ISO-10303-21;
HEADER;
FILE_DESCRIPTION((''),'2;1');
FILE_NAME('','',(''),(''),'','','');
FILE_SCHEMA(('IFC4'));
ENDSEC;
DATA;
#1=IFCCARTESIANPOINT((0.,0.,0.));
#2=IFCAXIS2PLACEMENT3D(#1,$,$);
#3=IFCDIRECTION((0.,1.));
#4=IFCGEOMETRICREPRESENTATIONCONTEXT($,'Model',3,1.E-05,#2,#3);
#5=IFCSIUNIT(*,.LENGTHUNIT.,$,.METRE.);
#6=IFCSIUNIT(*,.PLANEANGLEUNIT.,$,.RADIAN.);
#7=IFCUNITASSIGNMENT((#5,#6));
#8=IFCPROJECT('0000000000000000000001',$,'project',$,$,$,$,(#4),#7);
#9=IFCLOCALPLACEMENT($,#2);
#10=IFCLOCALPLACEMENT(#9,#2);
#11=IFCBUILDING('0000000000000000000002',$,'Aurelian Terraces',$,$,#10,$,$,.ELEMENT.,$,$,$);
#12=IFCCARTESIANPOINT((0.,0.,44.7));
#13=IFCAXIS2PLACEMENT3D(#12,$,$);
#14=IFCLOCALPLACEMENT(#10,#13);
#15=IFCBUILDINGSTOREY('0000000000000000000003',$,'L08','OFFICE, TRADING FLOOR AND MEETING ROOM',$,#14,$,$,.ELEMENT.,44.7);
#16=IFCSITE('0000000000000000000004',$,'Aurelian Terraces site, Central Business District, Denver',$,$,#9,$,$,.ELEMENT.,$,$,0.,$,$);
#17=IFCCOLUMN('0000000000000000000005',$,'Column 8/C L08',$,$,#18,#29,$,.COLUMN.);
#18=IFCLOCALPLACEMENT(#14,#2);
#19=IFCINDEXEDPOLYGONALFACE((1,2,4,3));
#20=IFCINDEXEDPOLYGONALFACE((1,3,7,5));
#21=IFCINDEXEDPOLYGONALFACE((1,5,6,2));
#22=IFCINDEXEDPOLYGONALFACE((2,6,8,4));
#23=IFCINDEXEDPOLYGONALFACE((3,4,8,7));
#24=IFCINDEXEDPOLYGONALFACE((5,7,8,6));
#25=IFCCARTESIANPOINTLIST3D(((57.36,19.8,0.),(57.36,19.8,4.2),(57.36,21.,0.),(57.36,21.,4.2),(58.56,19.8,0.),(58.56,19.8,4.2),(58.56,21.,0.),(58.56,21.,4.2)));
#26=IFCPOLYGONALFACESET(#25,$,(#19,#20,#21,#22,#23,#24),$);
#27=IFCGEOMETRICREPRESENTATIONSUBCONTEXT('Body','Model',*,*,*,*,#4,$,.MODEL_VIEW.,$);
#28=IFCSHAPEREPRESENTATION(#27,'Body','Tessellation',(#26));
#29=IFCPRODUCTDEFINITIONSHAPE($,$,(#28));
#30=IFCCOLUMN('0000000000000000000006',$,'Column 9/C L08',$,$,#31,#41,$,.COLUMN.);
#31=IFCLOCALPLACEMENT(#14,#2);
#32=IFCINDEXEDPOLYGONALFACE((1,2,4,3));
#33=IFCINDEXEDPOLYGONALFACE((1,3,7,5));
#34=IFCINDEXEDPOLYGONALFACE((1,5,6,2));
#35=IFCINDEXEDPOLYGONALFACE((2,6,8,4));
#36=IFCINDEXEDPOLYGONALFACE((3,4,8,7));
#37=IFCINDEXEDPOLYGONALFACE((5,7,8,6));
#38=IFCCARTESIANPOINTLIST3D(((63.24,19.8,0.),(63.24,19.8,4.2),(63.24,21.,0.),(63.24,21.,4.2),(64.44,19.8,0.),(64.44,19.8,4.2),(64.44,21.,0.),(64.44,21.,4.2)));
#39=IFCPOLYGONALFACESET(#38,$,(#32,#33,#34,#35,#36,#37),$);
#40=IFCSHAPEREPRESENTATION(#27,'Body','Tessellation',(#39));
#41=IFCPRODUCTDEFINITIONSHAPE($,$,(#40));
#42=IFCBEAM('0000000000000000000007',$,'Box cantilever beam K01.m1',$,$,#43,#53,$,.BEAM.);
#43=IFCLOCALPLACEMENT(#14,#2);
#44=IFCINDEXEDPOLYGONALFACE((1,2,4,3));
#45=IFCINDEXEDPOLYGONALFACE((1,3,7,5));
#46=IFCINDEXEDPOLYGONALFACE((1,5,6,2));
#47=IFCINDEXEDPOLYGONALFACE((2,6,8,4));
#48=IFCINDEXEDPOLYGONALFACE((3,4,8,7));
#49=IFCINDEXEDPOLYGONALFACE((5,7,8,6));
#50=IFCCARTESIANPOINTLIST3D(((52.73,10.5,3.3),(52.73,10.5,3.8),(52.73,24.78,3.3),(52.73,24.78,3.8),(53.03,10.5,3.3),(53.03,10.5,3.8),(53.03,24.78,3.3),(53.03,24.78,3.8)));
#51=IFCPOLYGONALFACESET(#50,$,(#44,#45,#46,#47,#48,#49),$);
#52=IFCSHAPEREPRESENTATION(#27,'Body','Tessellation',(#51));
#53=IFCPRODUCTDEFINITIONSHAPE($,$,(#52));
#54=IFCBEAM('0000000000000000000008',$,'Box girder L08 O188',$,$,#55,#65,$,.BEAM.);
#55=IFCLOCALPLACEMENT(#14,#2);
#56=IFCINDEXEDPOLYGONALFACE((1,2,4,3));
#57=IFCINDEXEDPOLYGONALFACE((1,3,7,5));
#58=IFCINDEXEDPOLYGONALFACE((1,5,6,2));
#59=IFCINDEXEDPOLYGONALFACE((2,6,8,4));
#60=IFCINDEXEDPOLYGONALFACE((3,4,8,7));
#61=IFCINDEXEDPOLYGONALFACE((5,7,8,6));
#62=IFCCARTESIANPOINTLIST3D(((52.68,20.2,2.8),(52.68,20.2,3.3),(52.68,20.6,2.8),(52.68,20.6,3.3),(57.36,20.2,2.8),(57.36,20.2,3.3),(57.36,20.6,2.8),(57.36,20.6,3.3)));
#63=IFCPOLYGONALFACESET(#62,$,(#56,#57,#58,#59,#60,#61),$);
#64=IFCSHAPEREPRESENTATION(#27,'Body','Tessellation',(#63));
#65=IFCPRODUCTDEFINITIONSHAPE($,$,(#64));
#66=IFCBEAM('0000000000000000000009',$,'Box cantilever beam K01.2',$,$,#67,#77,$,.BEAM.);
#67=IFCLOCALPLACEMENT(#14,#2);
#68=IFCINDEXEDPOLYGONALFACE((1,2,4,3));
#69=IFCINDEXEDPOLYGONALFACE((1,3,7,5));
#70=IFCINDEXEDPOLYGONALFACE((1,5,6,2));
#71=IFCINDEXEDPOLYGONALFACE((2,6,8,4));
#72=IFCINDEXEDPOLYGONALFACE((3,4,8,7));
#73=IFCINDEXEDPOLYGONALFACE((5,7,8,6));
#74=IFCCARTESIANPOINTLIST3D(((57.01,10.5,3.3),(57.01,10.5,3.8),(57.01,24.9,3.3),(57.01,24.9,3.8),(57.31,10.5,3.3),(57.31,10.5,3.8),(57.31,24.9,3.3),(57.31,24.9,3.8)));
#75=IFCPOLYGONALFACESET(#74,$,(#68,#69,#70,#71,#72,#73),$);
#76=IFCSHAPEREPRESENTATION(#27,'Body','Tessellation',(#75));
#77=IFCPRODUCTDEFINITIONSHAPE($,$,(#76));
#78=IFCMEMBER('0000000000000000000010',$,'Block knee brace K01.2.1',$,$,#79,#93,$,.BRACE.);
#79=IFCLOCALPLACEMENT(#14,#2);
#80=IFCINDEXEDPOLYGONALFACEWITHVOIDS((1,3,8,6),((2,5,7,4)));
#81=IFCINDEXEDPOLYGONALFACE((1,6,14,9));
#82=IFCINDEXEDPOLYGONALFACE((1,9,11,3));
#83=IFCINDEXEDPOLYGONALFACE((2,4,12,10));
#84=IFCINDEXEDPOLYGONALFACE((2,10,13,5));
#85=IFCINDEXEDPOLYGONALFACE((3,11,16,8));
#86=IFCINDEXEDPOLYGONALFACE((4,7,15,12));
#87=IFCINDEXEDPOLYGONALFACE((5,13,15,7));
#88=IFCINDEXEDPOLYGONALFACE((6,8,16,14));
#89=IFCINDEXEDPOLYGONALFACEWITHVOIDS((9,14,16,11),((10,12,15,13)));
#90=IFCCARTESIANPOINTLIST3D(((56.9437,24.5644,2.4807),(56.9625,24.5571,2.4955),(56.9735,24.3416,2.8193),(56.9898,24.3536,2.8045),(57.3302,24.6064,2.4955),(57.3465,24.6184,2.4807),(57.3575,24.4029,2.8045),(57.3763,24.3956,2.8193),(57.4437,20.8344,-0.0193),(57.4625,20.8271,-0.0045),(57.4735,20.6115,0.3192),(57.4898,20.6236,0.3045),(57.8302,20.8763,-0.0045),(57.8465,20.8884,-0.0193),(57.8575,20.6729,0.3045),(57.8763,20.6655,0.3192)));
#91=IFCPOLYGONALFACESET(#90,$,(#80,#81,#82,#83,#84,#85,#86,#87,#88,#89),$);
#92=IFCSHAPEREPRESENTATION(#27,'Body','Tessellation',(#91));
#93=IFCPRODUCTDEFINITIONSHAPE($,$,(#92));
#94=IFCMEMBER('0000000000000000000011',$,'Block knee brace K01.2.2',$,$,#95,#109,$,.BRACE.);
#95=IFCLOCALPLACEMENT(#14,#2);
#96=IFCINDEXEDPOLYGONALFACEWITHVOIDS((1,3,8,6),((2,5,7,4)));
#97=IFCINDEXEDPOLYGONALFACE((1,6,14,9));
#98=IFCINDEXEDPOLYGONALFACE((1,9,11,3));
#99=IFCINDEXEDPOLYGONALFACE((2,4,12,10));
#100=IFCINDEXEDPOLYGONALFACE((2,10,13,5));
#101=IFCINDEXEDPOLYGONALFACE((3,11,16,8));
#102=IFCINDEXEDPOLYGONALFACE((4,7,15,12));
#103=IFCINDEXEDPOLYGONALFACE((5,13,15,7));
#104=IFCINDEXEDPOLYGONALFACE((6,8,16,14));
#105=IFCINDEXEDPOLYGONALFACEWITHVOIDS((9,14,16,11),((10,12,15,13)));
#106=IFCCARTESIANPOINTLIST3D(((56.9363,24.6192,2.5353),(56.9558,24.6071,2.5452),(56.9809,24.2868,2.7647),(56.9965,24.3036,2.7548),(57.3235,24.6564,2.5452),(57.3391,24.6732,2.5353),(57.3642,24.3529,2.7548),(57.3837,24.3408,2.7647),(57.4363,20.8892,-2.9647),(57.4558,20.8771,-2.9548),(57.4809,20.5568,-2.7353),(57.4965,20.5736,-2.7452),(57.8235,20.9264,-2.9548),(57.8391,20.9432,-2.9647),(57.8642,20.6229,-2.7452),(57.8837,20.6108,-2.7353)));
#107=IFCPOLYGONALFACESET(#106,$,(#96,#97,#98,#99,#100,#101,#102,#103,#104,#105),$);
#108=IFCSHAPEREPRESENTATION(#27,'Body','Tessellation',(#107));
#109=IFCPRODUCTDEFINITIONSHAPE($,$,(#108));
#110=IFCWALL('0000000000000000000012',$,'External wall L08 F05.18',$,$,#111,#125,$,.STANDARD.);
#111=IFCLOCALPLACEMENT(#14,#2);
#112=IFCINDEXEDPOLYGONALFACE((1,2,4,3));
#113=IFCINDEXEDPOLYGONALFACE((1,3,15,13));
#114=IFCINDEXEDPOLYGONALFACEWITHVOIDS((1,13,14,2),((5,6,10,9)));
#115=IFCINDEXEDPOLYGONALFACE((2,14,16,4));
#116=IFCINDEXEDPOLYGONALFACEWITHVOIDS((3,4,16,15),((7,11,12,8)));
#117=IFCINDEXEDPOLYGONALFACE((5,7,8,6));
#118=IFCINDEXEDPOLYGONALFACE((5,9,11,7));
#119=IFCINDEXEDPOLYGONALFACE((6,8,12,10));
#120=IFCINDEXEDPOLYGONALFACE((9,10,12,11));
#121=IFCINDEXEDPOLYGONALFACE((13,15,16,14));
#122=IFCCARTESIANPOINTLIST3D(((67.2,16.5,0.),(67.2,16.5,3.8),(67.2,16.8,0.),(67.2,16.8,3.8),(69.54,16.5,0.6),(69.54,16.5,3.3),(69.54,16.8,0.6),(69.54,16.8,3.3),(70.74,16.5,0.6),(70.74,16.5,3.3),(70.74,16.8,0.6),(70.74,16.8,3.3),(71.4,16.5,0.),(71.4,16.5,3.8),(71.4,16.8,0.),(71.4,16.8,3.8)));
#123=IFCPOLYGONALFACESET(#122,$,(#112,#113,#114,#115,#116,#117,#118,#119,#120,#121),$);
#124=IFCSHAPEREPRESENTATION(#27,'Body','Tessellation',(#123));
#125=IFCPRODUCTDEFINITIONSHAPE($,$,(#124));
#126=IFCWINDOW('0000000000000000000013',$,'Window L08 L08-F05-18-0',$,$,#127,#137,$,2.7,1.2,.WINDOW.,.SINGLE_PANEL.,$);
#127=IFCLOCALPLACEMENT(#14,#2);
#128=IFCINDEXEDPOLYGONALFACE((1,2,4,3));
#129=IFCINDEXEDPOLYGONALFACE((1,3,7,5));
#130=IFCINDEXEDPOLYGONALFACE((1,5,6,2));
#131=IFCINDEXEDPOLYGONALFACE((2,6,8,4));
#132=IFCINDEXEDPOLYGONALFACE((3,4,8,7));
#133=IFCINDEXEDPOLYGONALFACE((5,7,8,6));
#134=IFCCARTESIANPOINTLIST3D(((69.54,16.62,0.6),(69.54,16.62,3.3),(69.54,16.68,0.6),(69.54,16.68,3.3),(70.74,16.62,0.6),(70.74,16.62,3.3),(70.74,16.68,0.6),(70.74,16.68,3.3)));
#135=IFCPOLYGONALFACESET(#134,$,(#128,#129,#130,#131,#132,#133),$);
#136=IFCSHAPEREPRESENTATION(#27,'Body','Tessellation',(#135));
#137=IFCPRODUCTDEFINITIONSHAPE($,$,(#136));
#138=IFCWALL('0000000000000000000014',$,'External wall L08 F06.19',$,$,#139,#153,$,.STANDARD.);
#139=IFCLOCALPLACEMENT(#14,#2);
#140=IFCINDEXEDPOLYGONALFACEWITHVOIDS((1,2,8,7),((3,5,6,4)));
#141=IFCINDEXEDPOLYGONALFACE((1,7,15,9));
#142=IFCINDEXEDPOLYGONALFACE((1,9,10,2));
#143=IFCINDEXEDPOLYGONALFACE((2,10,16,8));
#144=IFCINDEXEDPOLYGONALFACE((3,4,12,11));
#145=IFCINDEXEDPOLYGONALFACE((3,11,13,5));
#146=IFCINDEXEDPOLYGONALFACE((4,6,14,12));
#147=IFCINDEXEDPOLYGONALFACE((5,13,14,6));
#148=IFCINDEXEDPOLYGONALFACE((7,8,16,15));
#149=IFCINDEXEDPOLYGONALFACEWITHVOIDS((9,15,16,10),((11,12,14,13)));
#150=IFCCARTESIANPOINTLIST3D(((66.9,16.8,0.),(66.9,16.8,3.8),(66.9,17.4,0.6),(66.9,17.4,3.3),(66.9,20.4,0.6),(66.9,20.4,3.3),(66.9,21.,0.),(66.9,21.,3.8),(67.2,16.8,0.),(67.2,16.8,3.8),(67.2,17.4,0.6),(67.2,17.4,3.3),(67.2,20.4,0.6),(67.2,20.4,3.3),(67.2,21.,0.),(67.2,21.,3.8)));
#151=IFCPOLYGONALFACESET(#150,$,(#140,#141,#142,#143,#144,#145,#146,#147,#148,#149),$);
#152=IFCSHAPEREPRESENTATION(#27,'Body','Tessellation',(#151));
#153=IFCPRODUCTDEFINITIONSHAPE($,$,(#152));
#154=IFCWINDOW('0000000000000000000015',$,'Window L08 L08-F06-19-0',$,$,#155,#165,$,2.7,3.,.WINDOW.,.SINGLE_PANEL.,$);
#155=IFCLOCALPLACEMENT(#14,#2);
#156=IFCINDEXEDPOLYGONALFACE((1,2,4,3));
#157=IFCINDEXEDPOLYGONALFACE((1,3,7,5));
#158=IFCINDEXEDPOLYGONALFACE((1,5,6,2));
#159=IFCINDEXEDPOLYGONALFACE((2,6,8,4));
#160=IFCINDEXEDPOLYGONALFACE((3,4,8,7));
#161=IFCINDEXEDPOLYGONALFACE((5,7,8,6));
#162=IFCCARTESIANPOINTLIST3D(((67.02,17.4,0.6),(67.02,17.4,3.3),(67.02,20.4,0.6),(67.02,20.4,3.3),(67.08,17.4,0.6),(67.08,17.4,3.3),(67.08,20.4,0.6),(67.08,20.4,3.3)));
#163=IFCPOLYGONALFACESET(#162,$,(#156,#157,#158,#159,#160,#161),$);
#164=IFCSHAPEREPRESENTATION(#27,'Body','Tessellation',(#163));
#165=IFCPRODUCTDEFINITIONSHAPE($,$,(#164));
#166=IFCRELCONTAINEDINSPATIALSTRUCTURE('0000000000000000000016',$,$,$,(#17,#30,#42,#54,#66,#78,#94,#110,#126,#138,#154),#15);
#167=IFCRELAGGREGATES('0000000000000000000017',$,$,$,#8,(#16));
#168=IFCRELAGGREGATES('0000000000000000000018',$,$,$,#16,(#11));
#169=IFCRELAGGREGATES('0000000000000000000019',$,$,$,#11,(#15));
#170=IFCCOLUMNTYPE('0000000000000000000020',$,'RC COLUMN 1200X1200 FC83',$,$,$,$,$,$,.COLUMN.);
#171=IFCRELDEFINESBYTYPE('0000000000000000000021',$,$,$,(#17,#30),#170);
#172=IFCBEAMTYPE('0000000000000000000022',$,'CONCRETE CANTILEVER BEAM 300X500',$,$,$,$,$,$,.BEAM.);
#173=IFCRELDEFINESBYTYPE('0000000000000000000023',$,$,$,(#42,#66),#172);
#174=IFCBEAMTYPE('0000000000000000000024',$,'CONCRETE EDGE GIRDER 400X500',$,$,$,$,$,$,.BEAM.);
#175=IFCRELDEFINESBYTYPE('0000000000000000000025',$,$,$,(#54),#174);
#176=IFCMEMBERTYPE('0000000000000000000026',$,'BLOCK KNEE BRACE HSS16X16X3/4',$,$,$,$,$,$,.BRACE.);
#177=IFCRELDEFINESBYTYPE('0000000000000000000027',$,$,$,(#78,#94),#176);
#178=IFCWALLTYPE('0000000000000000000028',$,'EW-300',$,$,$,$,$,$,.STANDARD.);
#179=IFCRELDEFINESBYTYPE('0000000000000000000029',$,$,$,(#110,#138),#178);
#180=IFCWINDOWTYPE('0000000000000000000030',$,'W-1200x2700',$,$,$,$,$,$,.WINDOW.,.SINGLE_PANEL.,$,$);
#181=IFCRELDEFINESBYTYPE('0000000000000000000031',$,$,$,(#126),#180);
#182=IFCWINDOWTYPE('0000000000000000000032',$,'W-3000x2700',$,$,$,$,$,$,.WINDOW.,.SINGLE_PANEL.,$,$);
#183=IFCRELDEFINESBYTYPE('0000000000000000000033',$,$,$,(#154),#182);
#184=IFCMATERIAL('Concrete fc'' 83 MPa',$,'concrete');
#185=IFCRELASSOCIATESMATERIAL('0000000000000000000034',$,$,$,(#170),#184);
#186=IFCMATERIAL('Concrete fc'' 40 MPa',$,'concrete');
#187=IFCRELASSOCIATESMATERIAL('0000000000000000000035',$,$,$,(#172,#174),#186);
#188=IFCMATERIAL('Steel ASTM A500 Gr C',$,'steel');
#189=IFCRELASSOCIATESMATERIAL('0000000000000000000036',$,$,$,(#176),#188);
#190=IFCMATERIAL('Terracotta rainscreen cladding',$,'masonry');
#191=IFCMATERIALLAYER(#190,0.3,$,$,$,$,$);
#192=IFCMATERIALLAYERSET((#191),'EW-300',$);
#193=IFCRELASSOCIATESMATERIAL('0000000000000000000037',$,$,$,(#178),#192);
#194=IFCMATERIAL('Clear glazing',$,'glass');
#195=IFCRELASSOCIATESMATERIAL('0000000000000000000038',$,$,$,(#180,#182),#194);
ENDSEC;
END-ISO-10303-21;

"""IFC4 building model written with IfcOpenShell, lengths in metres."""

from ifc_helpers import new_model, si_unit, direction, frame, frame_2d, origin, origin_2d, place, context, subcontext, project, spatial, rectangle, hollow_rectangle, extrude, source, transform, mapped, material, layer, layer_set, material_profile, profile_set, type_object, element, fill, save


model = new_model("IFC4")

# Units and contexts
model_context = context("Model", 3, precision=1e-05, world=origin(), true_north=direction((0.0, 1.0)))
body_context = subcontext(model_context, "Body", "Model", "MODEL_VIEW")
ifc_project = project(units=[si_unit("LENGTHUNIT", "METRE"), si_unit("PLANEANGLEUNIT", "RADIAN")], contexts=[model_context])

# Site, building, storey
site_placement = place(None, origin())
site = spatial("IfcSite", under=ifc_project, at=site_placement, Name="Aurelian Terraces site, Central Business District, Denver", CompositionType="ELEMENT", RefElevation=0.0)
building_placement = place(site_placement, origin())
building = spatial("IfcBuilding", under=site, at=building_placement, Name="Aurelian Terraces", CompositionType="ELEMENT")
storey_placement = place(building_placement, frame((0.0, 0.0, 44.7)))
storey = spatial("IfcBuildingStorey", under=building, at=storey_placement, Name="L08", Description="OFFICE, TRADING FLOOR AND MEETING ROOM", CompositionType="ELEMENT", Elevation=44.7)

# Columns
ifc_material_1 = material(Name="Concrete fc' 83 MPa", Category="concrete")
ifc_material_profile_1 = material_profile(ifc_material_1, rectangle(XDim=1.2, YDim=1.2, at=origin_2d()))
ifc_profile_set_1 = profile_set([ifc_material_profile_1], Name="Concrete fc' 83 MPa")
column_type = type_object("IfcColumnType", Name="RC COLUMN 1200X1200 FC83", PredefinedType="COLUMN", material=ifc_profile_set_1)
shared_shape_1 = source(origin(), body_context, "Body", "SweptSolid", [
    extrude(rectangle(XDim=1.2, YDim=1.2, at=origin_2d()), origin(), (0.0, 0.0, 1.0), 4.2),
])
for number, where, z_axis, x_axis, name in (
    (1, (57.96, 20.4, 0.0), (0.0, 0.0, 1.0), (1.0, 0.0, 0.0), "Column 8/C L08"),
    (2, (63.84, 20.4, 0.0), (0.0, 0.0, 1.0), (1.0, 0.0, 0.0), "Column 9/C L08"),
):
    element("IfcColumn", number, at=place(storey_placement, frame(where, z_axis=z_axis, x_axis=x_axis)), inside=storey, type_object=column_type, Name=name, PredefinedType="COLUMN", context=body_context, shape_type="MappedRepresentation", body=[
        mapped(shared_shape_1, transform((0.0, 0.0, 0.0), scale=1.0)),
    ])

# Beams
ifc_material_2 = material(Name="Concrete fc' 40 MPa", Category="concrete")
ifc_material_profile_2 = material_profile(ifc_material_2, rectangle(XDim=0.3, YDim=0.5, at=origin_2d()))
ifc_profile_set_2 = profile_set([ifc_material_profile_2], Name="Concrete fc' 40 MPa")
beam_type_1 = type_object("IfcBeamType", Name="CONCRETE CANTILEVER BEAM 300X500", PredefinedType="BEAM", material=ifc_profile_set_2)
beam_1_placement = place(storey_placement, frame((52.88, 24.78, 3.55), z_axis=(0.0, -1.0, 0.0), x_axis=(1.0, 0.0, 0.0)))
element("IfcBeam", 3, at=beam_1_placement, inside=storey, type_object=beam_type_1, Name="Box cantilever beam K01.m1", PredefinedType="BEAM", context=body_context, shape_type="SweptSolid", body=[
    extrude(rectangle(XDim=0.3, YDim=0.5, at=origin_2d()), origin(), (0.0, 0.0, 1.0), 14.28),
])
ifc_material_profile_3 = material_profile(ifc_material_2, rectangle(XDim=0.4, YDim=0.5, at=origin_2d()))
ifc_profile_set_3 = profile_set([ifc_material_profile_3], Name="Concrete fc' 40 MPa")
beam_type_2 = type_object("IfcBeamType", Name="CONCRETE EDGE GIRDER 400X500", PredefinedType="BEAM", material=ifc_profile_set_3)
shared_shape_2 = source(origin(), body_context, "Body", "SweptSolid", [
    extrude(rectangle(XDim=0.4, YDim=0.5, at=origin_2d()), origin(), (0.0, 0.0, 1.0), 4.68),
])
beam_2_placement = place(storey_placement, frame((52.68, 20.4, 3.05), z_axis=(1.0, 0.0, 0.0), x_axis=(0.0, 1.0, 0.0)))
element("IfcBeam", 4, at=beam_2_placement, inside=storey, type_object=beam_type_2, Name="Box girder L08 O188", PredefinedType="BEAM", context=body_context, shape_type="MappedRepresentation", body=[
    mapped(shared_shape_2, transform((0.0, 0.0, 0.0), scale=1.0)),
])
shared_shape_3 = source(origin(), body_context, "Body", "SweptSolid", [
    extrude(rectangle(XDim=0.3, YDim=0.5, at=origin_2d()), origin(), (0.0, 0.0, 1.0), 14.4),
])
beam_3_placement = place(storey_placement, frame((57.16, 24.9, 3.55), z_axis=(0.0, -1.0, 0.0), x_axis=(1.0, 0.0, 0.0)))
element("IfcBeam", 5, at=beam_3_placement, inside=storey, type_object=beam_type_1, Name="Box cantilever beam K01.2", PredefinedType="BEAM", context=body_context, shape_type="MappedRepresentation", body=[
    mapped(shared_shape_3, transform((0.0, 0.0, 0.0), scale=1.0)),
])

# Members
ifc_material_3 = material(Name="Steel ASTM A500 Gr C", Category="steel")
ifc_material_profile_4 = material_profile(ifc_material_3, hollow_rectangle(XDim=0.4064, YDim=0.4064, WallThickness=0.0177, at=origin_2d()))
ifc_profile_set_4 = profile_set([ifc_material_profile_4], Name="Steel ASTM A500 Gr C")
member_type = type_object("IfcMemberType", Name="BLOCK KNEE BRACE HSS16X16X3/4", PredefinedType="BRACE", material=ifc_profile_set_4)
shared_shape_4 = source(origin(), body_context, "Body", "SweptSolid", [
    extrude(hollow_rectangle(XDim=0.4064, YDim=0.4064, WallThickness=0.0177, at=origin_2d()), origin(), (0.0, 0.0, 1.0), 4.5181),
])
member_1_placement = place(storey_placement, frame((57.16, 24.48, 2.65), z_axis=(0.110667, -0.825575, -0.553334), x_axis=(0.991135, 0.13286, 0.0)))
element("IfcMember", 6, at=member_1_placement, inside=storey, type_object=member_type, Name="Block knee brace K01.2.1", PredefinedType="BRACE", context=body_context, shape_type="MappedRepresentation", body=[
    mapped(shared_shape_4, transform((0.0, 0.0, 0.0), scale=1.0)),
])
shared_shape_5 = source(origin(), body_context, "Body", "SweptSolid", [
    extrude(hollow_rectangle(XDim=0.4064, YDim=0.4064, WallThickness=0.0177, at=origin_2d()), origin(), (0.0, 0.0, 1.0), 6.6643),
])
member_2_placement = place(storey_placement, frame((57.16, 24.48, 2.65), z_axis=(0.075027, -0.559699, -0.825293), x_axis=(0.991135, 0.13286, 0.0)))
element("IfcMember", 7, at=member_2_placement, inside=storey, type_object=member_type, Name="Block knee brace K01.2.2", PredefinedType="BRACE", context=body_context, shape_type="MappedRepresentation", body=[
    mapped(shared_shape_5, transform((0.0, 0.0, 0.0), scale=1.0)),
])

# Walls, openings, windows
ifc_material_4 = material(Name="Terracotta rainscreen cladding", Category="masonry")
ifc_layer_1 = layer(ifc_material_4, 0.3)
ifc_layer_set_1 = layer_set([ifc_layer_1], Name="EW-300")
wall_type_1 = type_object("IfcWallType", Name="EW-300", PredefinedType="STANDARD", material=ifc_layer_set_1)
shared_shape_6 = source(origin(), body_context, "Body", "SweptSolid", [
    extrude(rectangle(XDim=4.2, YDim=0.3, at=frame_2d((2.1, 0.0))), origin(), (0.0, 0.0, 1.0), 3.8),
])
wall_1_placement = place(storey_placement, frame((71.4, 16.65, 0.0), z_axis=(0.0, 0.0, 1.0), x_axis=(-1.0, 0.0, 0.0)))
wall_1 = element("IfcWall", 8, at=wall_1_placement, inside=storey, type_object=wall_type_1, Name="External wall L08 F05.18", PredefinedType="STANDARD", context=body_context, shape_type="MappedRepresentation", body=[
    mapped(shared_shape_6, transform((0.0, 0.0, 0.0), scale=1.0)),
])
shared_shape_7 = source(origin(), body_context, "Body", "SweptSolid", [
    extrude(rectangle(XDim=1.2, YDim=2.7, at=frame_2d((0.6, 1.35))), frame((0.0, 0.16, 0.0), z_axis=(0.0, -1.0, 0.0), x_axis=(1.0, 0.0, 0.0)), (0.0, 0.0, 1.0), 0.32),
])
opening_1_placement = place(wall_1_placement, frame((0.66, 0.0, 0.6)))
opening_1 = element("IfcOpeningElement", 9, at=opening_1_placement, cuts=wall_1, PredefinedType="OPENING", context=body_context, shape_type="MappedRepresentation", body=[
    mapped(shared_shape_7, transform((0.0, 0.0, 0.0), scale=1.0)),
])
ifc_material_5 = material(Name="Clear glazing", Category="glass")
window_type_1 = type_object("IfcWindowType", Name="W-1200x2700", PartitioningType="SINGLE_PANEL", PredefinedType="WINDOW", material=ifc_material_5)
shared_shape_8 = source(origin(), body_context, "Body", "SweptSolid", [
    extrude(rectangle(XDim=1.2, YDim=2.7, at=frame_2d((0.6, 1.35))), frame((0.0, 0.03, 0.0), z_axis=(0.0, -1.0, 0.0), x_axis=(1.0, 0.0, 0.0)), (0.0, 0.0, 1.0), 0.06),
])
window_1_placement = place(opening_1_placement, origin())
window_1 = element("IfcWindow", 10, at=window_1_placement, inside=storey, type_object=window_type_1, Name="Window L08 L08-F05-18-0", OverallHeight=2.7, OverallWidth=1.2, PartitioningType="SINGLE_PANEL", PredefinedType="WINDOW", context=body_context, shape_type="MappedRepresentation", body=[
    mapped(shared_shape_8, transform((0.0, 0.0, 0.0), scale=1.0)),
])
fill(opening_1, window_1)
wall_2_placement = place(storey_placement, frame((67.05, 16.8, 0.0), z_axis=(0.0, 0.0, 1.0), x_axis=(0.0, 1.0, 0.0)))
wall_2 = element("IfcWall", 11, at=wall_2_placement, inside=storey, type_object=wall_type_1, Name="External wall L08 F06.19", PredefinedType="STANDARD", context=body_context, shape_type="MappedRepresentation", body=[
    mapped(shared_shape_6, transform((0.0, 0.0, 0.0), scale=1.0)),
])
shared_shape_9 = source(origin(), body_context, "Body", "SweptSolid", [
    extrude(rectangle(XDim=3.0, YDim=2.7, at=frame_2d((1.5, 1.35))), frame((0.0, 0.16, 0.0), z_axis=(0.0, -1.0, 0.0), x_axis=(1.0, 0.0, 0.0)), (0.0, 0.0, 1.0), 0.32),
])
opening_2_placement = place(wall_2_placement, frame((0.6, 0.0, 0.6)))
opening_2 = element("IfcOpeningElement", 12, at=opening_2_placement, cuts=wall_2, PredefinedType="OPENING", context=body_context, shape_type="MappedRepresentation", body=[
    mapped(shared_shape_9, transform((0.0, 0.0, 0.0), scale=1.0)),
])
window_type_2 = type_object("IfcWindowType", Name="W-3000x2700", PartitioningType="SINGLE_PANEL", PredefinedType="WINDOW", material=ifc_material_5)
shared_shape_10 = source(origin(), body_context, "Body", "SweptSolid", [
    extrude(rectangle(XDim=3.0, YDim=2.7, at=frame_2d((1.5, 1.35))), frame((0.0, 0.03, 0.0), z_axis=(0.0, -1.0, 0.0), x_axis=(1.0, 0.0, 0.0)), (0.0, 0.0, 1.0), 0.06),
])
window_2_placement = place(opening_2_placement, origin())
window_2 = element("IfcWindow", 13, at=window_2_placement, inside=storey, type_object=window_type_2, Name="Window L08 L08-F06-19-0", OverallHeight=2.7, OverallWidth=3.0, PartitioningType="SINGLE_PANEL", PredefinedType="WINDOW", context=body_context, shape_type="MappedRepresentation", body=[
    mapped(shared_shape_10, transform((0.0, 0.0, 0.0), scale=1.0)),
])
fill(opening_2, window_2)

save(model, "model.ifc")
